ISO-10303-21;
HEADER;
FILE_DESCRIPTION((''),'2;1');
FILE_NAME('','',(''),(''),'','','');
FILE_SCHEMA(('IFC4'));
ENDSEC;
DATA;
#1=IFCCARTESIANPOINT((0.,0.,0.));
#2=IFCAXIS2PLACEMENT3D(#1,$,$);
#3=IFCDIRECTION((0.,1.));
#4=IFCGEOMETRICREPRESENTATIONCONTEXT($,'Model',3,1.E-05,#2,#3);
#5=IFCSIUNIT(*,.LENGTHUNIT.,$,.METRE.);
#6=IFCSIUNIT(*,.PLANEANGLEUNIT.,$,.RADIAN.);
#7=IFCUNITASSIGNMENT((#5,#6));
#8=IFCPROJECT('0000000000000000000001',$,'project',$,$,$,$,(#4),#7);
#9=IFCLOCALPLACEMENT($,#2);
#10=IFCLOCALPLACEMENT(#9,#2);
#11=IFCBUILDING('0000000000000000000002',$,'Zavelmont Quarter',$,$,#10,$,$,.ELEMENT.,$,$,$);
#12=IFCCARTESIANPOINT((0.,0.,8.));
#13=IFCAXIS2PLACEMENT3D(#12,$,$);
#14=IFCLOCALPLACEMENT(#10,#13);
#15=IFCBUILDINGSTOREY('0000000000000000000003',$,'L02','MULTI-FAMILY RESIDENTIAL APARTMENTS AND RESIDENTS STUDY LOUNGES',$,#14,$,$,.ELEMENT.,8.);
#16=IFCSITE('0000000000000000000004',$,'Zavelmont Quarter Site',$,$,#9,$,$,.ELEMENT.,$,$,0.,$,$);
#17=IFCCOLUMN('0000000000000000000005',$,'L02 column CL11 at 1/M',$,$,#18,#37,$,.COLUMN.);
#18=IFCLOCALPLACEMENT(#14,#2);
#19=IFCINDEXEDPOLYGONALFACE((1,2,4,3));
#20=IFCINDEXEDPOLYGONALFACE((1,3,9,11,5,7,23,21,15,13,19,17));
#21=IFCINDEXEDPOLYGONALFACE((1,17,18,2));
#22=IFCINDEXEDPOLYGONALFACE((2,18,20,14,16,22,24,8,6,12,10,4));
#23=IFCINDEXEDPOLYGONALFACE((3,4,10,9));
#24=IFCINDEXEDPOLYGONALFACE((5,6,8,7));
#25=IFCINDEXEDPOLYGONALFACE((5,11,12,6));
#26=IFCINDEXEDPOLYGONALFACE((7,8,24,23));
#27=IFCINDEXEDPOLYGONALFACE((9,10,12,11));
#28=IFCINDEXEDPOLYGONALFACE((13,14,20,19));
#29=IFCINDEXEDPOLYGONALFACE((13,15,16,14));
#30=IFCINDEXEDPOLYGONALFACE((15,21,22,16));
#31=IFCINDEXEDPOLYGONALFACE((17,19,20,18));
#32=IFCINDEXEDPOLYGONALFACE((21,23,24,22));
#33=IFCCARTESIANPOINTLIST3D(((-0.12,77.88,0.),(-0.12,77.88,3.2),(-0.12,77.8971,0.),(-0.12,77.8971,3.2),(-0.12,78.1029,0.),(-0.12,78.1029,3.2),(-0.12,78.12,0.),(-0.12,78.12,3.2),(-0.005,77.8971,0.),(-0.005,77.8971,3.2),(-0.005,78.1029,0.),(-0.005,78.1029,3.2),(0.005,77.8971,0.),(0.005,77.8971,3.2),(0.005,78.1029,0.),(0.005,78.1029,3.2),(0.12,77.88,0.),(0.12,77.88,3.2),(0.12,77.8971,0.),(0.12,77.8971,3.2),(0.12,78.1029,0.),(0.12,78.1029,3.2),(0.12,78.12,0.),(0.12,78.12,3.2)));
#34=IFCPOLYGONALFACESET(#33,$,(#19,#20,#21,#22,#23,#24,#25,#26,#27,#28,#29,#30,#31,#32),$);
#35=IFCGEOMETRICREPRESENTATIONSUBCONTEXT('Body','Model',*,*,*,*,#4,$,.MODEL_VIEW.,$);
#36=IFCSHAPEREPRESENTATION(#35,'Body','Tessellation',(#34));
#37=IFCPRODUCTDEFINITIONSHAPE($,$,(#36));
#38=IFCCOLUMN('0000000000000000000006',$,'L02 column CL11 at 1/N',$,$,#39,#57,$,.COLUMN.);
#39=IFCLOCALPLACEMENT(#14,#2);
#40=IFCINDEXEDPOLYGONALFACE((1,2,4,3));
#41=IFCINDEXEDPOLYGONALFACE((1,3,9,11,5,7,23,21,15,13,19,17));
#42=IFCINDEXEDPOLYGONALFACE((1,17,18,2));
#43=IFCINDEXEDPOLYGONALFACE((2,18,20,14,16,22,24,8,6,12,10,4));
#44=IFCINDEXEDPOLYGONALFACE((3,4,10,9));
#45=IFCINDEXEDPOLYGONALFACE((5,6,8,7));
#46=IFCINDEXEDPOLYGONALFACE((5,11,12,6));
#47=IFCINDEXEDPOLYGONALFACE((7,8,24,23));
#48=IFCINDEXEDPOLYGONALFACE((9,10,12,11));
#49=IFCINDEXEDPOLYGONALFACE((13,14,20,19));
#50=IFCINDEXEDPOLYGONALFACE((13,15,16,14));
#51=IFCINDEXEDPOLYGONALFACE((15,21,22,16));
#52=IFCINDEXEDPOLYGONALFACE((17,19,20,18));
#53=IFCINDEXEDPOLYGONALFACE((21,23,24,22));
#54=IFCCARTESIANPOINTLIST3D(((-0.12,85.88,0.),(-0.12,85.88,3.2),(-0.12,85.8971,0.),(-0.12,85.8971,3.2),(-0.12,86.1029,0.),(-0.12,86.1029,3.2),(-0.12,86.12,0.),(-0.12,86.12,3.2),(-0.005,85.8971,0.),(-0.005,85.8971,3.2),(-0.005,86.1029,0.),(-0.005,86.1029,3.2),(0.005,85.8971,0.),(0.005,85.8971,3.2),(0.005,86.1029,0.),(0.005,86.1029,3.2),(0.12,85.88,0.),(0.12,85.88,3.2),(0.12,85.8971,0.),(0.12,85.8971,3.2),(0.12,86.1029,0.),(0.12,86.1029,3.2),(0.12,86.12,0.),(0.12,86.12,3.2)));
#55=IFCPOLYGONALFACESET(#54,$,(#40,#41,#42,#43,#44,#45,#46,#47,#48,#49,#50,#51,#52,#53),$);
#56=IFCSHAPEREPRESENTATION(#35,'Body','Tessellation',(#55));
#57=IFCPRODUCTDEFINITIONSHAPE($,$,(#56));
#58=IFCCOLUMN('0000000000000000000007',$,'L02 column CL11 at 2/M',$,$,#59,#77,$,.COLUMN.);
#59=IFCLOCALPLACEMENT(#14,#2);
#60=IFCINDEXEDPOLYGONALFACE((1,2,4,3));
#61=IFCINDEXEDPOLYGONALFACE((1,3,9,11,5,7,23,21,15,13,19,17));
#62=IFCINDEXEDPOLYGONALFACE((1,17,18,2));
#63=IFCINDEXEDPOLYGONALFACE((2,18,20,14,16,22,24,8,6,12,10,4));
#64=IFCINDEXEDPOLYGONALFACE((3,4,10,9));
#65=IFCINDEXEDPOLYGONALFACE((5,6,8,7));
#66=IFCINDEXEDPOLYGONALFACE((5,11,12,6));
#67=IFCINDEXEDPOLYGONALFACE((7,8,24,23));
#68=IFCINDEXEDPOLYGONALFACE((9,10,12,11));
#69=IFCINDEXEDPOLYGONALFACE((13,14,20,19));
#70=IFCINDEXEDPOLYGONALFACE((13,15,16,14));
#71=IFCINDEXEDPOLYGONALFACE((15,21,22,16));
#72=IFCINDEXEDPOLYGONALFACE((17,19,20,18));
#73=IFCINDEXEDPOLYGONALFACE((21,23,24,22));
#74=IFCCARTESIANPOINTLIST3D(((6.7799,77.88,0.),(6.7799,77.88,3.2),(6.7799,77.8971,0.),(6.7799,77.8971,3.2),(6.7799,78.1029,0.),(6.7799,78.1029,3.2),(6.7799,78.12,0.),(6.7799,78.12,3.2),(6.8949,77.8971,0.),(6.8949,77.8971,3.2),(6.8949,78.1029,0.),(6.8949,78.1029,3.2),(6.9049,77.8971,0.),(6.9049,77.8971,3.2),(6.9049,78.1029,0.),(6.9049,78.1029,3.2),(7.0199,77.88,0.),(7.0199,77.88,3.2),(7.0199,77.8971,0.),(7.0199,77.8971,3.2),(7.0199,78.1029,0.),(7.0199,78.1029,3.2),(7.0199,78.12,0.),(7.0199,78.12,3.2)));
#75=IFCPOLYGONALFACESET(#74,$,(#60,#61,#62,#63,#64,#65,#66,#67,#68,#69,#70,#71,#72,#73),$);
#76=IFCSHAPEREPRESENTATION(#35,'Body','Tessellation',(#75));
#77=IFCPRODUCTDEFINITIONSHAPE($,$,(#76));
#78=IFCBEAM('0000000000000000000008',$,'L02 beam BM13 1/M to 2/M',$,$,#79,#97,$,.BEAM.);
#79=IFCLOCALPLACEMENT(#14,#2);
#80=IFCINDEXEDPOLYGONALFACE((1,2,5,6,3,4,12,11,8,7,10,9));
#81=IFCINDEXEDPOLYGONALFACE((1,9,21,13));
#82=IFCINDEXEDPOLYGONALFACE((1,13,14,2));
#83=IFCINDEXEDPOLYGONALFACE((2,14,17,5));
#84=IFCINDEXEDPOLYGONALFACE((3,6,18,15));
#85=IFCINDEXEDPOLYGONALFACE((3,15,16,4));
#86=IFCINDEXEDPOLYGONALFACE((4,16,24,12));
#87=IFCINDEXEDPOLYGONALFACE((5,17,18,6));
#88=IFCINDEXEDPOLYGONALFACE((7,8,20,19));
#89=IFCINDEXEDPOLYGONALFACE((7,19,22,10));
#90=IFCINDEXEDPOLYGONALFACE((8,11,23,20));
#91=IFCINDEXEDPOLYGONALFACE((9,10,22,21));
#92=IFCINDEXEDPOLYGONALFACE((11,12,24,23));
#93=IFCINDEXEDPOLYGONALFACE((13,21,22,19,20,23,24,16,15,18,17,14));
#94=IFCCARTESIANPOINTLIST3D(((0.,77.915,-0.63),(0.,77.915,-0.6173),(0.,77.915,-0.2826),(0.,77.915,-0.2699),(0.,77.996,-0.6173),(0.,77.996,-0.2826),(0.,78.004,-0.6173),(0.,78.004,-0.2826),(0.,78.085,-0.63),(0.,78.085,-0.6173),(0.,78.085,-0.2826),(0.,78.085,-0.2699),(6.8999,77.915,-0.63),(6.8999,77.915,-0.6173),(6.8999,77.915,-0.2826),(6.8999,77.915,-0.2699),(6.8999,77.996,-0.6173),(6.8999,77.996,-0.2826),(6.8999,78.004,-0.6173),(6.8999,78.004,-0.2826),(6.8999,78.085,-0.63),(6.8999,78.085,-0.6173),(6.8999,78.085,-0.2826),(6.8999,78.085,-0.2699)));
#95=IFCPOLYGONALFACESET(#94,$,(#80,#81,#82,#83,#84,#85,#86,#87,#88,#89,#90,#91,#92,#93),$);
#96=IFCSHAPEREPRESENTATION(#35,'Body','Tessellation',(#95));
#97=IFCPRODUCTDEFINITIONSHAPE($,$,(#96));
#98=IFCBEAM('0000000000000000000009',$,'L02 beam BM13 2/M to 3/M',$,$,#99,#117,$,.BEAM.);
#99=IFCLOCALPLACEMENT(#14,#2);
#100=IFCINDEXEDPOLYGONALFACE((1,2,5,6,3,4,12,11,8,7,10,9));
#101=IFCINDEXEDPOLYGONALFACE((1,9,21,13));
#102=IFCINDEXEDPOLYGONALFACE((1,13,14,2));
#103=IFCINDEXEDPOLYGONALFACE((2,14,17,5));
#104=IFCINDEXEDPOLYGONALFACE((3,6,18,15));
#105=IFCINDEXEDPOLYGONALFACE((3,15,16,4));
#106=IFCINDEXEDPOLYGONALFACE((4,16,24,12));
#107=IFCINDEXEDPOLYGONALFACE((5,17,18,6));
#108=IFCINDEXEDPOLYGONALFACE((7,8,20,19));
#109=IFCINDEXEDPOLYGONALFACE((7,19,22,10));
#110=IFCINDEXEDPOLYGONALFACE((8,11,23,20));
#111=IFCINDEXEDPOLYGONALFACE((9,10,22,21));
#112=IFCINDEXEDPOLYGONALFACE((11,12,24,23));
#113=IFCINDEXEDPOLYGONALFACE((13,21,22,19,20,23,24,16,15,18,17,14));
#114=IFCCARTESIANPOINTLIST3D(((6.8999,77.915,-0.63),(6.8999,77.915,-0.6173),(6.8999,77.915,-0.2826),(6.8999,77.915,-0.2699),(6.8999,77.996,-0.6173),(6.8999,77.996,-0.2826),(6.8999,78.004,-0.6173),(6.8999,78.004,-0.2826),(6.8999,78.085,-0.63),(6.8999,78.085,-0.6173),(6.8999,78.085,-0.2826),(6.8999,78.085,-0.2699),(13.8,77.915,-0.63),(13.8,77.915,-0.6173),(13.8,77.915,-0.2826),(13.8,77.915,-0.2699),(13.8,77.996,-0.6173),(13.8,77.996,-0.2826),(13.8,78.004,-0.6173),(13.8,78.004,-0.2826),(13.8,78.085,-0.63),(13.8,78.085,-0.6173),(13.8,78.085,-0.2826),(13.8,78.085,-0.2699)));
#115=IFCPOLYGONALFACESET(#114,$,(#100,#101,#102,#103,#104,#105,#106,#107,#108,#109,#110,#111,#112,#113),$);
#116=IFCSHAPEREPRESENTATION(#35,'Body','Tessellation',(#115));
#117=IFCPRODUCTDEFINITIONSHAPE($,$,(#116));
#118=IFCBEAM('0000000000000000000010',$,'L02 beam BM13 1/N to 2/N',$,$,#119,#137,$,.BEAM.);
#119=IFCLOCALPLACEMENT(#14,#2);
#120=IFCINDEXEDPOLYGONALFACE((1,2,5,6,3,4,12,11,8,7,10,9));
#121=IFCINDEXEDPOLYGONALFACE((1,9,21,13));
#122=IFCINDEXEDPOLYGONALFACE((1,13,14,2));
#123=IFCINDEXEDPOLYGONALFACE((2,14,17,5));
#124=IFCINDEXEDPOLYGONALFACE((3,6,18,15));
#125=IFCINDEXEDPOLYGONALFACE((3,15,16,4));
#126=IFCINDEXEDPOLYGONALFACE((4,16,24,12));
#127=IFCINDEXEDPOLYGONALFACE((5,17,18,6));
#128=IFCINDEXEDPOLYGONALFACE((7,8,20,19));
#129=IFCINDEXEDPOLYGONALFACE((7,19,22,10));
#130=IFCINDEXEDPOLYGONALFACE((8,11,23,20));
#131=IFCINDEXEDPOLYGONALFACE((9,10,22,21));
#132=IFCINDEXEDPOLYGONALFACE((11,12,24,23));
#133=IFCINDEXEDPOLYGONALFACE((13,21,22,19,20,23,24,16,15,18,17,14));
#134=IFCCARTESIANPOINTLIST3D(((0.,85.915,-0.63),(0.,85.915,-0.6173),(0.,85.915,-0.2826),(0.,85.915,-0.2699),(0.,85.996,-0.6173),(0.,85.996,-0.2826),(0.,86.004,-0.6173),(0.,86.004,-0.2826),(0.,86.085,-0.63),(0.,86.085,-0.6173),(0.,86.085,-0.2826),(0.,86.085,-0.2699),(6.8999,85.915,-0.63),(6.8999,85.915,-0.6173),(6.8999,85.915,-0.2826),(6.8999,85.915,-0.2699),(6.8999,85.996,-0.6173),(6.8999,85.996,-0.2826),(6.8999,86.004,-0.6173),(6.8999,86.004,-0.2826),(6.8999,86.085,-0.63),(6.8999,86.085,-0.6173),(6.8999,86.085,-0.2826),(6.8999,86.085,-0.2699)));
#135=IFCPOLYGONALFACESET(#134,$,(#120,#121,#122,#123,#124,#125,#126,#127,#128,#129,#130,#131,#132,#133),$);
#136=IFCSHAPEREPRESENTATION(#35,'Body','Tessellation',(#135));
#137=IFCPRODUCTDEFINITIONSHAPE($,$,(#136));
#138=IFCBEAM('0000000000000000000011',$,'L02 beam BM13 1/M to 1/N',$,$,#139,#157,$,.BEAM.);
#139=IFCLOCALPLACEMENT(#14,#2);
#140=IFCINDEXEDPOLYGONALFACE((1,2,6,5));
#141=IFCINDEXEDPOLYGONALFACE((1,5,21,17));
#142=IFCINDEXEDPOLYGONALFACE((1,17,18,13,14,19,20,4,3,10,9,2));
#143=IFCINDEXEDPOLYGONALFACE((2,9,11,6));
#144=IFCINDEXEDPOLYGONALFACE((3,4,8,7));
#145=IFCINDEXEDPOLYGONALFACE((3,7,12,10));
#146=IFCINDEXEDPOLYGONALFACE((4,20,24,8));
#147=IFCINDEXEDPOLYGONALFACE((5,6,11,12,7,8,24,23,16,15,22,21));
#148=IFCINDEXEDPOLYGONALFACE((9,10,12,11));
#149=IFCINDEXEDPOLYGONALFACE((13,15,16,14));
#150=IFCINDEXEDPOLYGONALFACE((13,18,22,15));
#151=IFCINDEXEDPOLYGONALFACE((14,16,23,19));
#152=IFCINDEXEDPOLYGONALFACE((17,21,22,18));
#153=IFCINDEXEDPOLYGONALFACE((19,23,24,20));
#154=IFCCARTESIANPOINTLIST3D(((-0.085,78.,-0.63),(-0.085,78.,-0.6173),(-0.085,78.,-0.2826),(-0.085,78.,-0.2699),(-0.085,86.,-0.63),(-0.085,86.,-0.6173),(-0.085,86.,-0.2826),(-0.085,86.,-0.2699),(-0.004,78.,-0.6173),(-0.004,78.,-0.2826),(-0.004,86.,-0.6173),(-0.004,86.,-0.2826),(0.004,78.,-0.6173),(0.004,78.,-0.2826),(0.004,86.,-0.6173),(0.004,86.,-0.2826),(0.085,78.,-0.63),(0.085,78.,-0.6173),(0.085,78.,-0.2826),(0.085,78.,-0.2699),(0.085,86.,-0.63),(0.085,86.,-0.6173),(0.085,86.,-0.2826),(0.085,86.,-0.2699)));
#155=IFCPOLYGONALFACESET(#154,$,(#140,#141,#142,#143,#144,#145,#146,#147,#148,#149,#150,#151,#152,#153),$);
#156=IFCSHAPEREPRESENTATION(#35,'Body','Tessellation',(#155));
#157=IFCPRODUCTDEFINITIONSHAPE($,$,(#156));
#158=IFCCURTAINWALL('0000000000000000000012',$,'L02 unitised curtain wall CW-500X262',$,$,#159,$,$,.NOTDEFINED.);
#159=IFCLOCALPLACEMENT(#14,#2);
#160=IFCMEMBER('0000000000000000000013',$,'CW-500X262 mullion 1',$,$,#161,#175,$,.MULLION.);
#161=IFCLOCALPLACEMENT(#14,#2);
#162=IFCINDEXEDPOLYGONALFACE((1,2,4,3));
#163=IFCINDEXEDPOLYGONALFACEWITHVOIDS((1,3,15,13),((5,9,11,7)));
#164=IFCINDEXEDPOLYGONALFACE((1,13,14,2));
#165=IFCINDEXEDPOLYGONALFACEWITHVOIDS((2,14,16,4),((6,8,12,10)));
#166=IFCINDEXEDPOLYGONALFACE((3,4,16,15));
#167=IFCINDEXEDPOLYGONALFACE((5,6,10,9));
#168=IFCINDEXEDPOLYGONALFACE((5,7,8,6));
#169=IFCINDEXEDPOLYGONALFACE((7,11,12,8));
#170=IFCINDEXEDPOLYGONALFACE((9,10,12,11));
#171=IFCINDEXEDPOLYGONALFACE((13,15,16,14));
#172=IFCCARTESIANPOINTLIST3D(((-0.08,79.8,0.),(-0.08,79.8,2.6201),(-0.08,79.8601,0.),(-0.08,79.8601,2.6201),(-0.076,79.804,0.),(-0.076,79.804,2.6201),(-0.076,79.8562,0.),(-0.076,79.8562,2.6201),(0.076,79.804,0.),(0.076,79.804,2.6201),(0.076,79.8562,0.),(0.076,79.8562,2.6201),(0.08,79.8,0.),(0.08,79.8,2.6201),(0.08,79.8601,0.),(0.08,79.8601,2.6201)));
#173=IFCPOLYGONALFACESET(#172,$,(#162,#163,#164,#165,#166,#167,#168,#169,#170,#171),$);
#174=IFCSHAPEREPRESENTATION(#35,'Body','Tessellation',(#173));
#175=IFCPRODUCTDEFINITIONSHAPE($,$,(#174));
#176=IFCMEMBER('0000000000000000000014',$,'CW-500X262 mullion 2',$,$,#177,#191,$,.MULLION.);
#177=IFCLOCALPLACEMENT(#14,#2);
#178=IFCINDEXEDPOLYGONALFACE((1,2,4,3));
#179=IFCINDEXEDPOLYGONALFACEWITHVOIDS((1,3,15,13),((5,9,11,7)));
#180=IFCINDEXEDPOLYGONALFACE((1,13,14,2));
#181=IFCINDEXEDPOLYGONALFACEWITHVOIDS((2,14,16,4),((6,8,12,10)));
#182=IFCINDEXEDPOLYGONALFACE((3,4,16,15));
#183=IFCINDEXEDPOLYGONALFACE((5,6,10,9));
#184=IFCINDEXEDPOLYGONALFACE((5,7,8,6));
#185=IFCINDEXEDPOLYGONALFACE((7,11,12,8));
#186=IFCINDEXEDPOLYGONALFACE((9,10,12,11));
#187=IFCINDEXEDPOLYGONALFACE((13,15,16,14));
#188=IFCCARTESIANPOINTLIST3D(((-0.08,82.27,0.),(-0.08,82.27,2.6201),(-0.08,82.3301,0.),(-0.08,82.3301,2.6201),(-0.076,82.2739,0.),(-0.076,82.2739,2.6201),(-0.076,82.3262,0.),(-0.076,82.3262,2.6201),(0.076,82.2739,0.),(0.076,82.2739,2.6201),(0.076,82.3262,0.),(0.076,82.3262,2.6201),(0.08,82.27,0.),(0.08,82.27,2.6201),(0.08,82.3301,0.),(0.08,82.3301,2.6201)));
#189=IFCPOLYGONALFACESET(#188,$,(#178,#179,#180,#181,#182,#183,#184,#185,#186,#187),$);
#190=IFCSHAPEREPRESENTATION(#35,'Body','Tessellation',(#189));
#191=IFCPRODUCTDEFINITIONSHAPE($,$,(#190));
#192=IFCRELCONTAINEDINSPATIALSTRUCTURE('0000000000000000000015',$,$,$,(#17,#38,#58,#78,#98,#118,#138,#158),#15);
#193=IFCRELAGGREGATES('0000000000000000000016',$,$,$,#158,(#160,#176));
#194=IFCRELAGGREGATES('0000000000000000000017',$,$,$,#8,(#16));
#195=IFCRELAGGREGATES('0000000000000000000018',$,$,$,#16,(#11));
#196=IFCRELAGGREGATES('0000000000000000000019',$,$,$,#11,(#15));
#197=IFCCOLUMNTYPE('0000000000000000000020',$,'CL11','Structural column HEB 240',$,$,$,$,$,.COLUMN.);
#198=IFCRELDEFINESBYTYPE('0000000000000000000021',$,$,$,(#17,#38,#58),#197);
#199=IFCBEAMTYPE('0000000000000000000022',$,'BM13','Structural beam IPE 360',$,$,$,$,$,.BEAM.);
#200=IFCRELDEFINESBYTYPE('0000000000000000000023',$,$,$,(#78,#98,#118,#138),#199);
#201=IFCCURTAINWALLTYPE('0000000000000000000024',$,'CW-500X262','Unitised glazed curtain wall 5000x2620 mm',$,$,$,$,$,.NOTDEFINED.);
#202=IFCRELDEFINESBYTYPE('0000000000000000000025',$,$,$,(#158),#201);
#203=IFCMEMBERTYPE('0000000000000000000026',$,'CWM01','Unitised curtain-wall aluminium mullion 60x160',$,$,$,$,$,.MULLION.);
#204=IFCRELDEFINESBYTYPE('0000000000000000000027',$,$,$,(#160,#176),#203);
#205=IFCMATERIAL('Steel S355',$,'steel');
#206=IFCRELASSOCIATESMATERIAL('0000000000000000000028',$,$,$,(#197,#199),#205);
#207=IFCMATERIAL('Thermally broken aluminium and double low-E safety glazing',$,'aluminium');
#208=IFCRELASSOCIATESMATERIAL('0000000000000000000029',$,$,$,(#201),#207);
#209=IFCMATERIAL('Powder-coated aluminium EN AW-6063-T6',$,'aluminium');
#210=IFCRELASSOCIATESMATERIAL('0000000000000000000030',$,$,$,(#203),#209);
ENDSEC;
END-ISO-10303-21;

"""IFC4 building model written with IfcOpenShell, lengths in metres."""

from ifc_helpers import new_model, si_unit, direction, frame, origin, origin_2d, place, context, subcontext, project, spatial, hollow_rectangle, i_section, extrude, material, material_profile, profile_set, type_object, element, aggregate, save


model = new_model("IFC4")

# Units and contexts
model_context = context("Model", 3, precision=1e-05, world=origin(), true_north=direction((0.0, 1.0)))
body_context = subcontext(model_context, "Body", "Model", "MODEL_VIEW")
ifc_project = project(units=[si_unit("LENGTHUNIT", "METRE"), si_unit("PLANEANGLEUNIT", "RADIAN")], contexts=[model_context])

# Site, building, storey
site_placement = place(None, origin())
site = spatial("IfcSite", under=ifc_project, at=site_placement, Name="Zavelmont Quarter Site", CompositionType="ELEMENT", RefElevation=0.0)
building_placement = place(site_placement, origin())
building = spatial("IfcBuilding", under=site, at=building_placement, Name="Zavelmont Quarter", CompositionType="ELEMENT")
storey_placement = place(building_placement, frame((0.0, 0.0, 8.0)))
storey = spatial("IfcBuildingStorey", under=building, at=storey_placement, Name="L02", Description="MULTI-FAMILY RESIDENTIAL APARTMENTS AND RESIDENTS STUDY LOUNGES", CompositionType="ELEMENT", Elevation=8.0)

# Columns
ifc_material_1 = material(Name="Steel S355", Category="steel")
ifc_material_profile_1 = material_profile(ifc_material_1, i_section(OverallWidth=0.24, OverallDepth=0.24, WebThickness=0.01, FlangeThickness=0.0171, at=origin_2d()), Name="HEB 240")
ifc_profile_set_1 = profile_set([ifc_material_profile_1], Name="Steel S355")
column_type = type_object("IfcColumnType", Name="CL11", Description="Structural column HEB 240", PredefinedType="COLUMN", material=ifc_profile_set_1)
for number, where, z_axis, x_axis, name in (
    (1, (0.0, 78.0, 0.0), (0.0, 0.0, 1.0), (1.0, 0.0, 0.0), "L02 column CL11 at 1/M"),
    (2, (0.0, 86.0, 0.0), (0.0, 0.0, 1.0), (1.0, 0.0, 0.0), "L02 column CL11 at 1/N"),
    (3, (6.8999, 78.0, 0.0), (0.0, 0.0, 1.0), (1.0, 0.0, 0.0), "L02 column CL11 at 2/M"),
):
    element("IfcColumn", number, at=place(storey_placement, frame(where, z_axis=z_axis, x_axis=x_axis)), inside=storey, type_object=column_type, Name=name, PredefinedType="COLUMN", context=body_context, shape_type="SweptSolid", body=[
        extrude(i_section(OverallWidth=0.24, OverallDepth=0.24, WebThickness=0.01, FlangeThickness=0.0171, at=origin_2d()), origin(), (0.0, 0.0, 1.0), 3.2),
    ])

# Beams
ifc_material_profile_2 = material_profile(ifc_material_1, i_section(OverallWidth=0.1699, OverallDepth=0.3601, WebThickness=0.0081, FlangeThickness=0.0127, at=origin_2d()), Name="IPE 360")
ifc_profile_set_2 = profile_set([ifc_material_profile_2], Name="Steel S355")
beam_type = type_object("IfcBeamType", Name="BM13", Description="Structural beam IPE 360", PredefinedType="BEAM", material=ifc_profile_set_2)
beam_1_placement = place(storey_placement, frame((0.0, 78.0, -0.45), z_axis=(1.0, 0.0, 0.0), x_axis=(0.0, 1.0, 0.0)))
element("IfcBeam", 4, at=beam_1_placement, inside=storey, type_object=beam_type, Name="L02 beam BM13 1/M to 2/M", PredefinedType="BEAM", context=body_context, shape_type="SweptSolid", body=[
    extrude(i_section(OverallWidth=0.1699, OverallDepth=0.3601, WebThickness=0.0081, FlangeThickness=0.0127, at=origin_2d()), origin(), (0.0, 0.0, 1.0), 6.8999),
])
beam_2_placement = place(storey_placement, frame((6.8999, 78.0, -0.45), z_axis=(1.0, 0.0, 0.0), x_axis=(0.0, 1.0, 0.0)))
element("IfcBeam", 5, at=beam_2_placement, inside=storey, type_object=beam_type, Name="L02 beam BM13 2/M to 3/M", PredefinedType="BEAM", context=body_context, shape_type="SweptSolid", body=[
    extrude(i_section(OverallWidth=0.1699, OverallDepth=0.3601, WebThickness=0.0081, FlangeThickness=0.0127, at=origin_2d()), origin(), (0.0, 0.0, 1.0), 6.9001),
])
beam_3_placement = place(storey_placement, frame((0.0, 86.0, -0.45), z_axis=(1.0, 0.0, 0.0), x_axis=(0.0, 1.0, 0.0)))
element("IfcBeam", 6, at=beam_3_placement, inside=storey, type_object=beam_type, Name="L02 beam BM13 1/N to 2/N", PredefinedType="BEAM", context=body_context, shape_type="SweptSolid", body=[
    extrude(i_section(OverallWidth=0.1699, OverallDepth=0.3601, WebThickness=0.0081, FlangeThickness=0.0127, at=origin_2d()), origin(), (0.0, 0.0, 1.0), 6.8999),
])
beam_4_placement = place(storey_placement, frame((0.0, 78.0, -0.45), z_axis=(0.0, 1.0, 0.0), x_axis=(-1.0, 0.0, 0.0)))
element("IfcBeam", 7, at=beam_4_placement, inside=storey, type_object=beam_type, Name="L02 beam BM13 1/M to 1/N", PredefinedType="BEAM", context=body_context, shape_type="SweptSolid", body=[
    extrude(i_section(OverallWidth=0.1699, OverallDepth=0.3601, WebThickness=0.0081, FlangeThickness=0.0127, at=origin_2d()), origin(), (0.0, 0.0, 1.0), 8.0),
])

# Curtain wall, members
ifc_material_2 = material(Name="Thermally broken aluminium and double low-E safety glazing", Category="aluminium")
curtain_wall_type = type_object("IfcCurtainWallType", Name="CW-500X262", Description="Unitised glazed curtain wall 5000x2620 mm", PredefinedType="NOTDEFINED", material=ifc_material_2)
curtain_wall_placement = place(storey_placement, origin())
curtain_wall = element("IfcCurtainWall", 8, at=curtain_wall_placement, inside=storey, type_object=curtain_wall_type, Name="L02 unitised curtain wall CW-500X262", PredefinedType="NOTDEFINED")
ifc_material_3 = material(Name="Powder-coated aluminium EN AW-6063-T6", Category="aluminium")
ifc_material_profile_3 = material_profile(ifc_material_3, hollow_rectangle(XDim=0.0601, YDim=0.1599, WallThickness=0.0039, at=origin_2d()), Name="CWM60X160")
ifc_profile_set_3 = profile_set([ifc_material_profile_3], Name="Powder-coated aluminium EN AW-6063-T6")
member_type_1 = type_object("IfcMemberType", Name="CWM01", Description="Unitised curtain-wall aluminium mullion 60x160", PredefinedType="MULLION", material=ifc_profile_set_3)
member_1_placement = place(storey_placement, frame((0.0, 79.8301, 0.0), z_axis=(0.0, 0.0, 1.0), x_axis=(0.0, 1.0, 0.0)))
member_1 = element("IfcMember", 9, at=member_1_placement, type_object=member_type_1, Name="CW-500X262 mullion 1", PredefinedType="MULLION", context=body_context, shape_type="SweptSolid", body=[
    extrude(hollow_rectangle(XDim=0.0601, YDim=0.1599, WallThickness=0.0039, at=origin_2d()), origin(), (0.0, 0.0, 1.0), 2.6201),
])
member_2_placement = place(storey_placement, frame((0.0, 82.3, 0.0), z_axis=(0.0, 0.0, 1.0), x_axis=(0.0, 1.0, 0.0)))
member_2 = element("IfcMember", 10, at=member_2_placement, type_object=member_type_1, Name="CW-500X262 mullion 2", PredefinedType="MULLION", context=body_context, shape_type="SweptSolid", body=[
    extrude(hollow_rectangle(XDim=0.0601, YDim=0.1599, WallThickness=0.0039, at=origin_2d()), origin(), (0.0, 0.0, 1.0), 2.6201),
])
aggregate(curtain_wall, [member_1, member_2])

save(model, "model.ifc")
